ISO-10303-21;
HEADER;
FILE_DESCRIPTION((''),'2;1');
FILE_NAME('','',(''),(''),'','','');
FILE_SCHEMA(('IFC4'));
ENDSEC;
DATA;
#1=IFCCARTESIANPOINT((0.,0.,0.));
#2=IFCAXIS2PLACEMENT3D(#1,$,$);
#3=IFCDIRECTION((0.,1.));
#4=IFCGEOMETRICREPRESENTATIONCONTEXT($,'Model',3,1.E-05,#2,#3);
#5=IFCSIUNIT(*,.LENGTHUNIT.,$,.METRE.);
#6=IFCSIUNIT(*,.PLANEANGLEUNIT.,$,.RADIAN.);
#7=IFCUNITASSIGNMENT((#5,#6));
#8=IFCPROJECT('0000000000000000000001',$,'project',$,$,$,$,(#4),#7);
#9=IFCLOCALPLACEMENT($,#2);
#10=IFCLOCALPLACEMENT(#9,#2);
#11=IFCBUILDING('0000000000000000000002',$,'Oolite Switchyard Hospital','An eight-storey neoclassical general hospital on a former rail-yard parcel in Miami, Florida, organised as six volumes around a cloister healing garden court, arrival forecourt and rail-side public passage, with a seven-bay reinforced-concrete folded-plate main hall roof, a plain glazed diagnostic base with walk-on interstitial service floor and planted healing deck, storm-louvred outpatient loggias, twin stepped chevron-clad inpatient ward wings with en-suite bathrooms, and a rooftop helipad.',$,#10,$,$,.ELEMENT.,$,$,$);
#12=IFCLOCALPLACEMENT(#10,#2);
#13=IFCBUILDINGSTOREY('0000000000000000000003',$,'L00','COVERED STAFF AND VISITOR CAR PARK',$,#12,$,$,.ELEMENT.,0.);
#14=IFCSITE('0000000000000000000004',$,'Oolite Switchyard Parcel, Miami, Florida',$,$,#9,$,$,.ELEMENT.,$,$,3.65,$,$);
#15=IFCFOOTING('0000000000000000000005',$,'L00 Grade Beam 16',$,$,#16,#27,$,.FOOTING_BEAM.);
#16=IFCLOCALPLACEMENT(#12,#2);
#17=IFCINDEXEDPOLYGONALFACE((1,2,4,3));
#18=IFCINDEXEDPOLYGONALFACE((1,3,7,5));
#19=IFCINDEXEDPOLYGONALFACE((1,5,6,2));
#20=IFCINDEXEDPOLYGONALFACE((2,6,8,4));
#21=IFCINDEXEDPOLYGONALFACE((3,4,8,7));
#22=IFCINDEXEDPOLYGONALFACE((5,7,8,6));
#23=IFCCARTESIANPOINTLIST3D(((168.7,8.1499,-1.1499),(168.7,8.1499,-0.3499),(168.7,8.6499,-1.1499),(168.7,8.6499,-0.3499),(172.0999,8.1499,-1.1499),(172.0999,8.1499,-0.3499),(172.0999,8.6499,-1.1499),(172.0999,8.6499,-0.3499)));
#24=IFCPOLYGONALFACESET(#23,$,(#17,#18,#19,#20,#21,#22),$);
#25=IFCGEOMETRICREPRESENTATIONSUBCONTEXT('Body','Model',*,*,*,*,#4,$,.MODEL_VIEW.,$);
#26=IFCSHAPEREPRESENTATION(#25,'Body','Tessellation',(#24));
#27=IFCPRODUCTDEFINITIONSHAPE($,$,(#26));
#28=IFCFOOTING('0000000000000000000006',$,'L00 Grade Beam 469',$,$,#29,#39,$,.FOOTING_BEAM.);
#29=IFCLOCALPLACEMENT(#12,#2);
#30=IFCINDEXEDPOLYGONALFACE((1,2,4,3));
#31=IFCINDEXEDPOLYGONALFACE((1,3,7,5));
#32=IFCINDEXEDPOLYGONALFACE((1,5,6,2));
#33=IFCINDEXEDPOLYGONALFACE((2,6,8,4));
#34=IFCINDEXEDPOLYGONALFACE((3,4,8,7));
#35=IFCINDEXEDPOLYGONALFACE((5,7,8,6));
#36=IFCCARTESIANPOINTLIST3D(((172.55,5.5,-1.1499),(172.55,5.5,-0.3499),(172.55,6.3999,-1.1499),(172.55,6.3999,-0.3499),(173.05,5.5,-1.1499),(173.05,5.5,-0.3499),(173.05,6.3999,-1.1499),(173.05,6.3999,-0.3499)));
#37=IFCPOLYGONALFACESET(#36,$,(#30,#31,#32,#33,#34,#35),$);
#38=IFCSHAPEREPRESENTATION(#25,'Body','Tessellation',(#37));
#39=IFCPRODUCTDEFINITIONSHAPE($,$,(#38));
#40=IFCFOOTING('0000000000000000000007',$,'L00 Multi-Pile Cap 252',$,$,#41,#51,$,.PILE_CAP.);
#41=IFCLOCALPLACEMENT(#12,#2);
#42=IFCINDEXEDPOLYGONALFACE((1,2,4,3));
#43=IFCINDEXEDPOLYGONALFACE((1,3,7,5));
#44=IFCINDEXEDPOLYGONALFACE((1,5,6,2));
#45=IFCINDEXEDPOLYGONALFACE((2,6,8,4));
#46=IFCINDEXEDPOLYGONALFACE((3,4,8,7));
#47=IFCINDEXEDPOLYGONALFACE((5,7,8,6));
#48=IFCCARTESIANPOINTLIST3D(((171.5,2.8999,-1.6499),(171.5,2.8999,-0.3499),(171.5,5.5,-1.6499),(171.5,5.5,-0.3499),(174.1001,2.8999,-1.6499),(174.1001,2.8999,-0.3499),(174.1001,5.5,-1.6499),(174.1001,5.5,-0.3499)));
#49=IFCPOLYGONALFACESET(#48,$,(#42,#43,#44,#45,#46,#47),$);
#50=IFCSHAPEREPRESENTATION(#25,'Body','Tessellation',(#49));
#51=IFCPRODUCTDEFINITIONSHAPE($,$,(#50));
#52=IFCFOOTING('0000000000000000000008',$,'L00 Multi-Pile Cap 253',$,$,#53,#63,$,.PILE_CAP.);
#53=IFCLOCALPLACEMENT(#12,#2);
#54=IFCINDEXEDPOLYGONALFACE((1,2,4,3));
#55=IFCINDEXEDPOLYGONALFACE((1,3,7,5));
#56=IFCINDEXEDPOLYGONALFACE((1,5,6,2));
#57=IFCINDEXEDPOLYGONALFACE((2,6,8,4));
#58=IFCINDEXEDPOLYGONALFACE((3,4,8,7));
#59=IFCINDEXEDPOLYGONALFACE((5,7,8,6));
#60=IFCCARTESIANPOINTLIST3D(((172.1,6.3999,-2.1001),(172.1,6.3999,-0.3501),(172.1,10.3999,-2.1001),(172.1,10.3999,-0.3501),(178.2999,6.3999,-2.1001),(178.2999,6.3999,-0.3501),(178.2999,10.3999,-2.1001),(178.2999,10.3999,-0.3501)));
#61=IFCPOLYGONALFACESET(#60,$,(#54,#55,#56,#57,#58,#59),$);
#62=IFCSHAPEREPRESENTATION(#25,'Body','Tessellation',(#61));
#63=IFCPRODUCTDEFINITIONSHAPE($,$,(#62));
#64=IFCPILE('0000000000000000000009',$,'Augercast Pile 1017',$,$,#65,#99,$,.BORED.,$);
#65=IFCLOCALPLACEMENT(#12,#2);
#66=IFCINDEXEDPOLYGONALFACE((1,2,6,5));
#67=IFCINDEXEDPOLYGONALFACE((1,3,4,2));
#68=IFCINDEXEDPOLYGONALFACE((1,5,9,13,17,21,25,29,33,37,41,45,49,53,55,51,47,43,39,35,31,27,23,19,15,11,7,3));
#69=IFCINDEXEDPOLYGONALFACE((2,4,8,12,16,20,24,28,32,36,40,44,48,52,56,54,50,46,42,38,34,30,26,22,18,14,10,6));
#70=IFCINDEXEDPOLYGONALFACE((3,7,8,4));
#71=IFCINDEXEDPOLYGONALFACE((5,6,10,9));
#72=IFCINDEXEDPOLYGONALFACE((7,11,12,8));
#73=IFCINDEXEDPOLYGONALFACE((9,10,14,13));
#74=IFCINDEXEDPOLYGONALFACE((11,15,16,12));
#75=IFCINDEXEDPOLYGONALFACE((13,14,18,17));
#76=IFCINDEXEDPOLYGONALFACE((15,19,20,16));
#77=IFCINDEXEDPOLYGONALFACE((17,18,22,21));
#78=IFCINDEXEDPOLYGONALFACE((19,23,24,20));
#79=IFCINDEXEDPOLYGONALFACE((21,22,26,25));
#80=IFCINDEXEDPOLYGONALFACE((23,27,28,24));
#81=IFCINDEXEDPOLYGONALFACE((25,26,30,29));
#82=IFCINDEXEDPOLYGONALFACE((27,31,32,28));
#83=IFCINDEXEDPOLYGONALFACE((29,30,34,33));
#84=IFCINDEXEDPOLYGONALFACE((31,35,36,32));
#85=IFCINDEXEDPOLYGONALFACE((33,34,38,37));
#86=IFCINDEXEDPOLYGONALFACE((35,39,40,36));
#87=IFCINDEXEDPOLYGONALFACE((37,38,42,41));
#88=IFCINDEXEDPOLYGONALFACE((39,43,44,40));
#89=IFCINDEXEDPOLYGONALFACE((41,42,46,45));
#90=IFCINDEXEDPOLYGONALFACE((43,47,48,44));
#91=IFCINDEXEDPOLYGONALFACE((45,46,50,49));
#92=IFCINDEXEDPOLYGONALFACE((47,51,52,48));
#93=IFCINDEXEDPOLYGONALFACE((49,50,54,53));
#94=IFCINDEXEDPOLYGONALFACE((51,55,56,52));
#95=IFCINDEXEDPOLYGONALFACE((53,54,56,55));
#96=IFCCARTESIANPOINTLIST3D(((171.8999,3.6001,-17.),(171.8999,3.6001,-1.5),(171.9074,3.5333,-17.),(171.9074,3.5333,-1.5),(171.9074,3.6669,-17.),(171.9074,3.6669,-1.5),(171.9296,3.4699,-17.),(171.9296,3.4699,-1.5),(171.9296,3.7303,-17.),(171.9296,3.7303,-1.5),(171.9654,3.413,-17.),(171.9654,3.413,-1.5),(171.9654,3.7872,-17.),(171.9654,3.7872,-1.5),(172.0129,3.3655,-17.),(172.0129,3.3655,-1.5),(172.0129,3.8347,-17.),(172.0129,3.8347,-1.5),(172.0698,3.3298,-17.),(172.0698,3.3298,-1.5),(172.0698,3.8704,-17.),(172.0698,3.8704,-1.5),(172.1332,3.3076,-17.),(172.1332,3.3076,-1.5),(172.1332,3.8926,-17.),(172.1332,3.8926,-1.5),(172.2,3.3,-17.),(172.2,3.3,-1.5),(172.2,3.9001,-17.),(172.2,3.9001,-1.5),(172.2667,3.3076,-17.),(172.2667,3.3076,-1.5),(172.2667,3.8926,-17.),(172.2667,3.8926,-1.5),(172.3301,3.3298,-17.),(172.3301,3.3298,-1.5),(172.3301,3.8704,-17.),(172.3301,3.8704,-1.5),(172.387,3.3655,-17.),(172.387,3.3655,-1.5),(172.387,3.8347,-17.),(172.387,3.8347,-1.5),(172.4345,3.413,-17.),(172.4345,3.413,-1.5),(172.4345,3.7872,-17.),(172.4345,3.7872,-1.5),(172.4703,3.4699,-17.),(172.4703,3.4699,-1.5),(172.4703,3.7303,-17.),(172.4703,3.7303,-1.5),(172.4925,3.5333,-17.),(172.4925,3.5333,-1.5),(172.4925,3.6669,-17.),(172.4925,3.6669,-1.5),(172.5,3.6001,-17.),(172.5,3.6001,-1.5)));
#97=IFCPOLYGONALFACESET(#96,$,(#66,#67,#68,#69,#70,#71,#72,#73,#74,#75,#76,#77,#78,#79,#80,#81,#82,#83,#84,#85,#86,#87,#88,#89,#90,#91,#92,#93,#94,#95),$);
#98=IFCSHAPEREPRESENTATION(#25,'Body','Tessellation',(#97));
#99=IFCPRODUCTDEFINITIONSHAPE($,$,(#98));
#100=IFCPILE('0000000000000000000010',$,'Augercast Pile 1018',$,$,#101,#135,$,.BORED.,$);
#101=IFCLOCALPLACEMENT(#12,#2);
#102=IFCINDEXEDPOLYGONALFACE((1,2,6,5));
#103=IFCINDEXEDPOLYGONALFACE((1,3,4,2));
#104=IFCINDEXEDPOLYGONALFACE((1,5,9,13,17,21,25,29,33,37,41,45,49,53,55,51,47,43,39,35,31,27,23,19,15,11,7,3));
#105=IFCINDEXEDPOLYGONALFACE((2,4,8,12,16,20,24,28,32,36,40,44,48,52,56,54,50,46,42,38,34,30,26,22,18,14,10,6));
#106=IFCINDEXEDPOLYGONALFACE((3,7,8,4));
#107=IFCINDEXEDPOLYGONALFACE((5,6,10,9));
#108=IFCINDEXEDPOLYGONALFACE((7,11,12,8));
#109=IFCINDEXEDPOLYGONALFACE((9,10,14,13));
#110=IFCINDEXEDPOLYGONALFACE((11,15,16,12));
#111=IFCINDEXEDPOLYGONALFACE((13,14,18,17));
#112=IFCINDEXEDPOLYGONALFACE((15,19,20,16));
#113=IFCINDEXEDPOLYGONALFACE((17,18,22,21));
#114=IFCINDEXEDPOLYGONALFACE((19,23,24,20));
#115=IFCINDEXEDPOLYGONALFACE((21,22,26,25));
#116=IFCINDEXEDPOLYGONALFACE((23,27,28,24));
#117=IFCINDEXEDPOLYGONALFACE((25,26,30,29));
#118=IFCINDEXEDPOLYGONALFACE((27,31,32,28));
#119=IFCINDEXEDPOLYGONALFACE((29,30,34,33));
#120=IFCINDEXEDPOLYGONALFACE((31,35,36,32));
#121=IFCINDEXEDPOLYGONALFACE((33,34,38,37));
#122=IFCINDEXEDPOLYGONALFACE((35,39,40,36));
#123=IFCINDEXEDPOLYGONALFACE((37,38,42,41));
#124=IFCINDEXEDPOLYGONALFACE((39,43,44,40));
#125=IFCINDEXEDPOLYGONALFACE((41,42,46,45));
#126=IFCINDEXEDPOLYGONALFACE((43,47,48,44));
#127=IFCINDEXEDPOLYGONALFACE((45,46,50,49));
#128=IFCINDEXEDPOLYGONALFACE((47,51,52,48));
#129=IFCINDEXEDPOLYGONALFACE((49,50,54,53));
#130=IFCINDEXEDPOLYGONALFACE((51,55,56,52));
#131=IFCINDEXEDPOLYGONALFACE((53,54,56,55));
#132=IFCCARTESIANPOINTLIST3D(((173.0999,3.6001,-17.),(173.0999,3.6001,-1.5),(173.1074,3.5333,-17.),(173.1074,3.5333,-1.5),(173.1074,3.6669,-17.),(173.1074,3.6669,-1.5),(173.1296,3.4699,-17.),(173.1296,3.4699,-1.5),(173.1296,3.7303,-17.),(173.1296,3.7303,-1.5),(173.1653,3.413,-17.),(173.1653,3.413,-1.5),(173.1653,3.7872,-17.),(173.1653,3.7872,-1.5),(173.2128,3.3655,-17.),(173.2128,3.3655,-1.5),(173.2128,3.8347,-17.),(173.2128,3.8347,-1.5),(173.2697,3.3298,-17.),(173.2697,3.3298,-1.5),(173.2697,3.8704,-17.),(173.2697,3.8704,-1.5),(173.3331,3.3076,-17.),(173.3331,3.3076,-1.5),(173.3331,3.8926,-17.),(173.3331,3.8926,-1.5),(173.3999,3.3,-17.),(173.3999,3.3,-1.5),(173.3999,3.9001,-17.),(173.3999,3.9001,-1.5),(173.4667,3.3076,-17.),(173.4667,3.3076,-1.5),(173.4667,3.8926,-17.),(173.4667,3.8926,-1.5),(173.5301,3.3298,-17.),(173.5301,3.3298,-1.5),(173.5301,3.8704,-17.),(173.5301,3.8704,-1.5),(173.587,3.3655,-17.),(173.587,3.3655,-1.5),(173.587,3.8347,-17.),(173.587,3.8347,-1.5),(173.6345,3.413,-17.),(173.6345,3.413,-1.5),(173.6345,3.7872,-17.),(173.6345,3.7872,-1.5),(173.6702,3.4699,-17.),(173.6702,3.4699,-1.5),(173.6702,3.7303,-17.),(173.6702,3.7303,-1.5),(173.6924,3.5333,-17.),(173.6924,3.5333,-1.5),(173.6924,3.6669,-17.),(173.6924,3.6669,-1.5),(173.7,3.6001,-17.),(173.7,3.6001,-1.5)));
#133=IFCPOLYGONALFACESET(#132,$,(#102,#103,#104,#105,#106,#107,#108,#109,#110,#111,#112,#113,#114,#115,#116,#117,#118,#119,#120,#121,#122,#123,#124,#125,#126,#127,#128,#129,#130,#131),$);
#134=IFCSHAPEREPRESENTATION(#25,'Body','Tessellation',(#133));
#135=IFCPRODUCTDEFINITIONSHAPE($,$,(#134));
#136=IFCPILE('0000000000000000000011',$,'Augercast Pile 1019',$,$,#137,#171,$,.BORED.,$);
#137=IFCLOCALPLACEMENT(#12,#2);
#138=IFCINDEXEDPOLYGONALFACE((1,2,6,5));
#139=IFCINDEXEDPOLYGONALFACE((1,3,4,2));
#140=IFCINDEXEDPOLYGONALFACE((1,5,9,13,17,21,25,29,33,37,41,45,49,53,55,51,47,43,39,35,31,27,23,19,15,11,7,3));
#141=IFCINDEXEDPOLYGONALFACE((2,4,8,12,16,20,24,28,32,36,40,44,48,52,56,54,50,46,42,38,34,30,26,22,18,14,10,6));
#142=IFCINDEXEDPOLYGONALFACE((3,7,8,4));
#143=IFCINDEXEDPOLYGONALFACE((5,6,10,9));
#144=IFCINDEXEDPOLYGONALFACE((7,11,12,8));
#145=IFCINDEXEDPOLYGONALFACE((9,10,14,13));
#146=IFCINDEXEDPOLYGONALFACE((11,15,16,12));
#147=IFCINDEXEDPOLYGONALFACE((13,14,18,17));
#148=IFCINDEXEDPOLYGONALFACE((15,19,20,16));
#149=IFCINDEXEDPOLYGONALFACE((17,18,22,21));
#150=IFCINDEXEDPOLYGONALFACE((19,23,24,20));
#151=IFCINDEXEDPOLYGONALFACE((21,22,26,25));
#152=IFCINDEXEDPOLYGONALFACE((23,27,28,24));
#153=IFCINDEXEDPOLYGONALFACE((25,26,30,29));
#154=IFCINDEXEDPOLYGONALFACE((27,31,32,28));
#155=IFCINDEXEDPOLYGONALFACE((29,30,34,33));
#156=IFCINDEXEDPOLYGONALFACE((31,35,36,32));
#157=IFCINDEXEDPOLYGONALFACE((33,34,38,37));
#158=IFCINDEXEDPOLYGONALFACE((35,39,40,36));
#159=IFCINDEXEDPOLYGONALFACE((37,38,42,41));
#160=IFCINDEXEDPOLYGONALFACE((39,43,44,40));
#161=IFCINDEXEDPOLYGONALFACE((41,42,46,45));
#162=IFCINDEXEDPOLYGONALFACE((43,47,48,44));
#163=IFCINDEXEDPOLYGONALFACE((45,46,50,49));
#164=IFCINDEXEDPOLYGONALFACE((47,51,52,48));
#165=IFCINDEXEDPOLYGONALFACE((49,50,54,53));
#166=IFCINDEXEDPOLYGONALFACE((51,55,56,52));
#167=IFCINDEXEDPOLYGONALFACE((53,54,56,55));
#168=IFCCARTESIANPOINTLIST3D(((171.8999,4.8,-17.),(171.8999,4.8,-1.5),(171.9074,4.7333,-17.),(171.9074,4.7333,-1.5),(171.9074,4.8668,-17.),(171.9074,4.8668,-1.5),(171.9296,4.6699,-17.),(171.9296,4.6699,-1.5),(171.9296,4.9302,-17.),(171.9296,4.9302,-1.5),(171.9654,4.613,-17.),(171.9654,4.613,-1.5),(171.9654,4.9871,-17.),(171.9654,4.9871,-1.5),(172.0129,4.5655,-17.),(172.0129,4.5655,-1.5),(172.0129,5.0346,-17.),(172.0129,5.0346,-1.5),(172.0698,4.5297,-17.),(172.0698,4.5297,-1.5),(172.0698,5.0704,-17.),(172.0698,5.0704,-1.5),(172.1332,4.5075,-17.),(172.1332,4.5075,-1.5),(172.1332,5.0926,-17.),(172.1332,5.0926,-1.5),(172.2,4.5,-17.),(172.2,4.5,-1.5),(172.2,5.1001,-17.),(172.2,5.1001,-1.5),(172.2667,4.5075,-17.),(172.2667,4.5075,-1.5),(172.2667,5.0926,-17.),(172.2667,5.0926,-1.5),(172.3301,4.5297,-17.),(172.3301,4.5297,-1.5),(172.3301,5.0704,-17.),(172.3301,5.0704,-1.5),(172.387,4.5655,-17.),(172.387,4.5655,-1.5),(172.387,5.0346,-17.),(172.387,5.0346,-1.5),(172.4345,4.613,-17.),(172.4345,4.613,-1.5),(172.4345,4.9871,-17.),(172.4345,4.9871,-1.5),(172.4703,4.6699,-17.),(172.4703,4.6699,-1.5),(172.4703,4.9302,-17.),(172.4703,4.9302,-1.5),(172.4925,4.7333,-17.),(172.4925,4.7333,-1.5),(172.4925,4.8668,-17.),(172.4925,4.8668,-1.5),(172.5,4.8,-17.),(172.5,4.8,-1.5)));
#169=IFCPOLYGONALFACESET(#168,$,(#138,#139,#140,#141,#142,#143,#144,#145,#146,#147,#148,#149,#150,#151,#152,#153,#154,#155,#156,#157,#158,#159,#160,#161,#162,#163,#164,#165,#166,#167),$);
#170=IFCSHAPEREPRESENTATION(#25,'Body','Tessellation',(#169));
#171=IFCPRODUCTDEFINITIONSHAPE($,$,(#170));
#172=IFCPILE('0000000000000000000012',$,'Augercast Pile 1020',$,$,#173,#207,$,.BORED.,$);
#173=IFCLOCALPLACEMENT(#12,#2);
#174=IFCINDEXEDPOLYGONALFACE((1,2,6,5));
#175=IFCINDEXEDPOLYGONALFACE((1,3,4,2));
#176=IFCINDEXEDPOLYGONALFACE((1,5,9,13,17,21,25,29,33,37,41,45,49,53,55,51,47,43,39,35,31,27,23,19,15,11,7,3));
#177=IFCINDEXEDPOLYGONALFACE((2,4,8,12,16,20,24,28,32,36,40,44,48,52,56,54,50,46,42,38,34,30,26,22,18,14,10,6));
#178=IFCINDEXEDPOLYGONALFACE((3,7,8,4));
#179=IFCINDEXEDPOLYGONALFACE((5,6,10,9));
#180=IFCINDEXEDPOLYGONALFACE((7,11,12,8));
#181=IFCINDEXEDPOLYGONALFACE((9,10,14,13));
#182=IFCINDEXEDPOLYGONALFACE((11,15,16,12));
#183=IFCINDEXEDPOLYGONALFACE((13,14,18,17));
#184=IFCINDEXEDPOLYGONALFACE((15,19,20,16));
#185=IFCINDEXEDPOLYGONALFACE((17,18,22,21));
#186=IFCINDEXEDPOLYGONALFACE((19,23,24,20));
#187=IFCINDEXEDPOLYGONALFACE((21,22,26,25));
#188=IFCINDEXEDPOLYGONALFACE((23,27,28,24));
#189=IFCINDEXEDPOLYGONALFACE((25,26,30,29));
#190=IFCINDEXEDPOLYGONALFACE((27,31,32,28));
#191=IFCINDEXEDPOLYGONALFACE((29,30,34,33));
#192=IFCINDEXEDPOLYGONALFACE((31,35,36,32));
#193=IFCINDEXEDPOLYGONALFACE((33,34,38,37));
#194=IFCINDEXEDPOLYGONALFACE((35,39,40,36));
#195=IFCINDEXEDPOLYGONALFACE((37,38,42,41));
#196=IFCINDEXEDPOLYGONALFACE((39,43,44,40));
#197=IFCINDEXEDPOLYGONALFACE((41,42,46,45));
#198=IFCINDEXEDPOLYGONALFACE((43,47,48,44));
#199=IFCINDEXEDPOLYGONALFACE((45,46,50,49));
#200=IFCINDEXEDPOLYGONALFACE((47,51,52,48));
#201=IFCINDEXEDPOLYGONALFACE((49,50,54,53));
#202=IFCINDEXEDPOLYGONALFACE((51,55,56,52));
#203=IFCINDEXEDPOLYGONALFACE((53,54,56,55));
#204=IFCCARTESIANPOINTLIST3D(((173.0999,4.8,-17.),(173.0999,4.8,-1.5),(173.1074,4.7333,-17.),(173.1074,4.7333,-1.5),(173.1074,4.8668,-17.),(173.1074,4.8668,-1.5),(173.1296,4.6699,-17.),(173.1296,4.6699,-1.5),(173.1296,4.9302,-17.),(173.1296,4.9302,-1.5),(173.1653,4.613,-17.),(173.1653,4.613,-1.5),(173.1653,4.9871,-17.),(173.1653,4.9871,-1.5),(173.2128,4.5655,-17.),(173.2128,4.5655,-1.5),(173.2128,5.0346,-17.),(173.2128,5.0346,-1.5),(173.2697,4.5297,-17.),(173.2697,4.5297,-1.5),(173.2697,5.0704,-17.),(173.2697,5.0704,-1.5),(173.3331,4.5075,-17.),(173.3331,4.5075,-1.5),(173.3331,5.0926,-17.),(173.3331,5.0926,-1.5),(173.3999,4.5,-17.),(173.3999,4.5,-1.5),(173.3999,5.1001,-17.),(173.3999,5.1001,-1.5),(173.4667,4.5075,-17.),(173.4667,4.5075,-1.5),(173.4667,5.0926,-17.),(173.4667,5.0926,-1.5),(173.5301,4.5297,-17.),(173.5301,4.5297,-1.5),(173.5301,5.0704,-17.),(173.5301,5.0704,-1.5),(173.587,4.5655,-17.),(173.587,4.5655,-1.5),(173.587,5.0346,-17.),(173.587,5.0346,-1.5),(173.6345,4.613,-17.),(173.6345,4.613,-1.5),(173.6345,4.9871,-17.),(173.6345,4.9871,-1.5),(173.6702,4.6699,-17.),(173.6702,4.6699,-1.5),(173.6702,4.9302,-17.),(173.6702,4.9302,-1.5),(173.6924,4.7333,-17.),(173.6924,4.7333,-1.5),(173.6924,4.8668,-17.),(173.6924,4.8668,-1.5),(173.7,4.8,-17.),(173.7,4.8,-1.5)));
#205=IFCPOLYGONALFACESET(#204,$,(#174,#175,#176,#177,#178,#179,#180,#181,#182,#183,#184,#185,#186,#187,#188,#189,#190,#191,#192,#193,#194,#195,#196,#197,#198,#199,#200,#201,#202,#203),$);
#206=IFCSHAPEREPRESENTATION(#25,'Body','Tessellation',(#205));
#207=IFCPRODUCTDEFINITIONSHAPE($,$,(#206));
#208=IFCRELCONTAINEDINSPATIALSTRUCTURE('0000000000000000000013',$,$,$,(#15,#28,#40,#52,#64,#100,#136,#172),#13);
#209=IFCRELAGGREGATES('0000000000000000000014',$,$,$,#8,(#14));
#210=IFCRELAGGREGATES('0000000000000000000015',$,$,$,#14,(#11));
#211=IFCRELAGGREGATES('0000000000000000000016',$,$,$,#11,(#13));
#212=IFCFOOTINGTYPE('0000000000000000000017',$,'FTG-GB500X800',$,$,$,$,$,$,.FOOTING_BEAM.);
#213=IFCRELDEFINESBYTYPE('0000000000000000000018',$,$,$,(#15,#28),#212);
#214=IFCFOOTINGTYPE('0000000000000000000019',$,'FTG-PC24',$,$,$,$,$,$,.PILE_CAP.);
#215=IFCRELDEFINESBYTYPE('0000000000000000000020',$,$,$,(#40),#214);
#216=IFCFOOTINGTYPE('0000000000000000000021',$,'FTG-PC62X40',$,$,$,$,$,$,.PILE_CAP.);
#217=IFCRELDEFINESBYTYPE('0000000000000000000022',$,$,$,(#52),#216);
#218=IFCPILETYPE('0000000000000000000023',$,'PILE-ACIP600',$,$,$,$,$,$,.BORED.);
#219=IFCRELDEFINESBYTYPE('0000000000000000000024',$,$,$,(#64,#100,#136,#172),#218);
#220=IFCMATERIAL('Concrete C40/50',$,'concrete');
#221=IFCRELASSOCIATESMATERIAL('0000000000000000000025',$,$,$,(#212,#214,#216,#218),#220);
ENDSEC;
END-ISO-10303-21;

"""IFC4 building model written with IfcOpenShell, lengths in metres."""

from ifc_helpers import new_model, si_unit, direction, frame, origin, origin_2d, place, context, subcontext, project, spatial, rectangle, circle, extrude, material, material_profile, profile_set, type_object, element, save


model = new_model("IFC4")

# Units and contexts
model_context = context("Model", 3, precision=1e-05, world=origin(), true_north=direction((0.0, 1.0)))
body_context = subcontext(model_context, "Body", "Model", "MODEL_VIEW")
ifc_project = project(units=[si_unit("LENGTHUNIT", "METRE"), si_unit("PLANEANGLEUNIT", "RADIAN")], contexts=[model_context])

# Site, building, storey
site_placement = place(None, origin())
site = spatial("IfcSite", under=ifc_project, at=site_placement, Name="Oolite Switchyard Parcel, Miami, Florida", CompositionType="ELEMENT", RefElevation=3.65)
building_placement = place(site_placement, origin())
building = spatial("IfcBuilding", under=site, at=building_placement, Name="Oolite Switchyard Hospital", Description="An eight-storey neoclassical general hospital on a former rail-yard parcel in Miami, Florida, organised as six volumes around a cloister healing garden court, arrival forecourt and rail-side public passage, with a seven-bay reinforced-concrete folded-plate main hall roof, a plain glazed diagnostic base with walk-on interstitial service floor and planted healing deck, storm-louvred outpatient loggias, twin stepped chevron-clad inpatient ward wings with en-suite bathrooms, and a rooftop helipad.", CompositionType="ELEMENT")
storey_placement = place(building_placement, origin())
storey = spatial("IfcBuildingStorey", under=building, at=storey_placement, Name="L00", Description="COVERED STAFF AND VISITOR CAR PARK", CompositionType="ELEMENT", Elevation=0.0)

# Footings
ifc_material_1 = material(Name="Concrete C40/50", Category="concrete")
footing_type_1 = type_object("IfcFootingType", Name="FTG-GB500X800", PredefinedType="FOOTING_BEAM", material=ifc_material_1)
footing_1_placement = place(storey_placement, frame((170.3999, 8.3999, -1.1499), z_axis=(0.0, 0.0, 1.0), x_axis=(1.0, 0.0, 0.0)))
element("IfcFooting", 1, at=footing_1_placement, inside=storey, type_object=footing_type_1, Name="L00 Grade Beam 16", PredefinedType="FOOTING_BEAM", context=body_context, shape_type="SweptSolid", body=[
    extrude(rectangle(XDim=3.3999, YDim=0.5, at=origin_2d()), origin(), (0.0, 0.0, 1.0), 0.8),
])
footing_2_placement = place(storey_placement, frame((172.8, 5.95, -1.1499), z_axis=(0.0, 0.0, 1.0), x_axis=(0.0, 1.0, 0.0)))
element("IfcFooting", 2, at=footing_2_placement, inside=storey, type_object=footing_type_1, Name="L00 Grade Beam 469", PredefinedType="FOOTING_BEAM", context=body_context, shape_type="SweptSolid", body=[
    extrude(rectangle(XDim=0.8999, YDim=0.5, at=origin_2d()), origin(), (0.0, 0.0, 1.0), 0.8),
])
footing_type_2 = type_object("IfcFootingType", Name="FTG-PC24", PredefinedType="PILE_CAP", material=ifc_material_1)
footing_3_placement = place(storey_placement, frame((172.8, 4.2, -1.6499), z_axis=(0.0, 0.0, 1.0), x_axis=(1.0, 0.0, 0.0)))
element("IfcFooting", 3, at=footing_3_placement, inside=storey, type_object=footing_type_2, Name="L00 Multi-Pile Cap 252", PredefinedType="PILE_CAP", context=body_context, shape_type="SweptSolid", body=[
    extrude(rectangle(XDim=2.6001, YDim=2.6001, at=origin_2d()), origin(), (0.0, 0.0, 1.0), 1.3),
])
footing_type_3 = type_object("IfcFootingType", Name="FTG-PC62X40", PredefinedType="PILE_CAP", material=ifc_material_1)
footing_4_placement = place(storey_placement, frame((175.2, 8.3999, -2.1001), z_axis=(0.0, 0.0, 1.0), x_axis=(1.0, 0.0, 0.0)))
element("IfcFooting", 4, at=footing_4_placement, inside=storey, type_object=footing_type_3, Name="L00 Multi-Pile Cap 253", PredefinedType="PILE_CAP", context=body_context, shape_type="SweptSolid", body=[
    extrude(rectangle(XDim=6.2, YDim=4.0, at=origin_2d()), origin(), (0.0, 0.0, 1.0), 1.75),
])

# Piles
ifc_material_profile_1 = material_profile(ifc_material_1, circle(Radius=0.3, at=origin_2d()), Name="PILE600")
ifc_profile_set_1 = profile_set([ifc_material_profile_1], Name="Concrete C40/50")
pile_type = type_object("IfcPileType", Name="PILE-ACIP600", PredefinedType="BORED", material=ifc_profile_set_1)
for number, where, z_axis, x_axis, name in (
    (5, (172.2, 3.6001, -1.5), (0.0, 0.0, -1.0), (1.0, 0.0, 0.0), "Augercast Pile 1017"),
    (6, (173.3999, 3.6001, -1.5), (0.0, 0.0, -1.0), (1.0, 0.0, 0.0), "Augercast Pile 1018"),
    (7, (172.2, 4.8, -1.5), (0.0, 0.0, -1.0), (1.0, 0.0, 0.0), "Augercast Pile 1019"),
    (8, (173.3999, 4.8, -1.5), (0.0, 0.0, -1.0), (1.0, 0.0, 0.0), "Augercast Pile 1020"),
):
    element("IfcPile", number, at=place(storey_placement, frame(where, z_axis=z_axis, x_axis=x_axis)), inside=storey, type_object=pile_type, Name=name, PredefinedType="BORED", context=body_context, shape_type="SweptSolid", body=[
        extrude(circle(Radius=0.3, at=origin_2d()), origin(), (0.0, 0.0, 1.0), 15.5),
    ])

save(model, "model.ifc")
